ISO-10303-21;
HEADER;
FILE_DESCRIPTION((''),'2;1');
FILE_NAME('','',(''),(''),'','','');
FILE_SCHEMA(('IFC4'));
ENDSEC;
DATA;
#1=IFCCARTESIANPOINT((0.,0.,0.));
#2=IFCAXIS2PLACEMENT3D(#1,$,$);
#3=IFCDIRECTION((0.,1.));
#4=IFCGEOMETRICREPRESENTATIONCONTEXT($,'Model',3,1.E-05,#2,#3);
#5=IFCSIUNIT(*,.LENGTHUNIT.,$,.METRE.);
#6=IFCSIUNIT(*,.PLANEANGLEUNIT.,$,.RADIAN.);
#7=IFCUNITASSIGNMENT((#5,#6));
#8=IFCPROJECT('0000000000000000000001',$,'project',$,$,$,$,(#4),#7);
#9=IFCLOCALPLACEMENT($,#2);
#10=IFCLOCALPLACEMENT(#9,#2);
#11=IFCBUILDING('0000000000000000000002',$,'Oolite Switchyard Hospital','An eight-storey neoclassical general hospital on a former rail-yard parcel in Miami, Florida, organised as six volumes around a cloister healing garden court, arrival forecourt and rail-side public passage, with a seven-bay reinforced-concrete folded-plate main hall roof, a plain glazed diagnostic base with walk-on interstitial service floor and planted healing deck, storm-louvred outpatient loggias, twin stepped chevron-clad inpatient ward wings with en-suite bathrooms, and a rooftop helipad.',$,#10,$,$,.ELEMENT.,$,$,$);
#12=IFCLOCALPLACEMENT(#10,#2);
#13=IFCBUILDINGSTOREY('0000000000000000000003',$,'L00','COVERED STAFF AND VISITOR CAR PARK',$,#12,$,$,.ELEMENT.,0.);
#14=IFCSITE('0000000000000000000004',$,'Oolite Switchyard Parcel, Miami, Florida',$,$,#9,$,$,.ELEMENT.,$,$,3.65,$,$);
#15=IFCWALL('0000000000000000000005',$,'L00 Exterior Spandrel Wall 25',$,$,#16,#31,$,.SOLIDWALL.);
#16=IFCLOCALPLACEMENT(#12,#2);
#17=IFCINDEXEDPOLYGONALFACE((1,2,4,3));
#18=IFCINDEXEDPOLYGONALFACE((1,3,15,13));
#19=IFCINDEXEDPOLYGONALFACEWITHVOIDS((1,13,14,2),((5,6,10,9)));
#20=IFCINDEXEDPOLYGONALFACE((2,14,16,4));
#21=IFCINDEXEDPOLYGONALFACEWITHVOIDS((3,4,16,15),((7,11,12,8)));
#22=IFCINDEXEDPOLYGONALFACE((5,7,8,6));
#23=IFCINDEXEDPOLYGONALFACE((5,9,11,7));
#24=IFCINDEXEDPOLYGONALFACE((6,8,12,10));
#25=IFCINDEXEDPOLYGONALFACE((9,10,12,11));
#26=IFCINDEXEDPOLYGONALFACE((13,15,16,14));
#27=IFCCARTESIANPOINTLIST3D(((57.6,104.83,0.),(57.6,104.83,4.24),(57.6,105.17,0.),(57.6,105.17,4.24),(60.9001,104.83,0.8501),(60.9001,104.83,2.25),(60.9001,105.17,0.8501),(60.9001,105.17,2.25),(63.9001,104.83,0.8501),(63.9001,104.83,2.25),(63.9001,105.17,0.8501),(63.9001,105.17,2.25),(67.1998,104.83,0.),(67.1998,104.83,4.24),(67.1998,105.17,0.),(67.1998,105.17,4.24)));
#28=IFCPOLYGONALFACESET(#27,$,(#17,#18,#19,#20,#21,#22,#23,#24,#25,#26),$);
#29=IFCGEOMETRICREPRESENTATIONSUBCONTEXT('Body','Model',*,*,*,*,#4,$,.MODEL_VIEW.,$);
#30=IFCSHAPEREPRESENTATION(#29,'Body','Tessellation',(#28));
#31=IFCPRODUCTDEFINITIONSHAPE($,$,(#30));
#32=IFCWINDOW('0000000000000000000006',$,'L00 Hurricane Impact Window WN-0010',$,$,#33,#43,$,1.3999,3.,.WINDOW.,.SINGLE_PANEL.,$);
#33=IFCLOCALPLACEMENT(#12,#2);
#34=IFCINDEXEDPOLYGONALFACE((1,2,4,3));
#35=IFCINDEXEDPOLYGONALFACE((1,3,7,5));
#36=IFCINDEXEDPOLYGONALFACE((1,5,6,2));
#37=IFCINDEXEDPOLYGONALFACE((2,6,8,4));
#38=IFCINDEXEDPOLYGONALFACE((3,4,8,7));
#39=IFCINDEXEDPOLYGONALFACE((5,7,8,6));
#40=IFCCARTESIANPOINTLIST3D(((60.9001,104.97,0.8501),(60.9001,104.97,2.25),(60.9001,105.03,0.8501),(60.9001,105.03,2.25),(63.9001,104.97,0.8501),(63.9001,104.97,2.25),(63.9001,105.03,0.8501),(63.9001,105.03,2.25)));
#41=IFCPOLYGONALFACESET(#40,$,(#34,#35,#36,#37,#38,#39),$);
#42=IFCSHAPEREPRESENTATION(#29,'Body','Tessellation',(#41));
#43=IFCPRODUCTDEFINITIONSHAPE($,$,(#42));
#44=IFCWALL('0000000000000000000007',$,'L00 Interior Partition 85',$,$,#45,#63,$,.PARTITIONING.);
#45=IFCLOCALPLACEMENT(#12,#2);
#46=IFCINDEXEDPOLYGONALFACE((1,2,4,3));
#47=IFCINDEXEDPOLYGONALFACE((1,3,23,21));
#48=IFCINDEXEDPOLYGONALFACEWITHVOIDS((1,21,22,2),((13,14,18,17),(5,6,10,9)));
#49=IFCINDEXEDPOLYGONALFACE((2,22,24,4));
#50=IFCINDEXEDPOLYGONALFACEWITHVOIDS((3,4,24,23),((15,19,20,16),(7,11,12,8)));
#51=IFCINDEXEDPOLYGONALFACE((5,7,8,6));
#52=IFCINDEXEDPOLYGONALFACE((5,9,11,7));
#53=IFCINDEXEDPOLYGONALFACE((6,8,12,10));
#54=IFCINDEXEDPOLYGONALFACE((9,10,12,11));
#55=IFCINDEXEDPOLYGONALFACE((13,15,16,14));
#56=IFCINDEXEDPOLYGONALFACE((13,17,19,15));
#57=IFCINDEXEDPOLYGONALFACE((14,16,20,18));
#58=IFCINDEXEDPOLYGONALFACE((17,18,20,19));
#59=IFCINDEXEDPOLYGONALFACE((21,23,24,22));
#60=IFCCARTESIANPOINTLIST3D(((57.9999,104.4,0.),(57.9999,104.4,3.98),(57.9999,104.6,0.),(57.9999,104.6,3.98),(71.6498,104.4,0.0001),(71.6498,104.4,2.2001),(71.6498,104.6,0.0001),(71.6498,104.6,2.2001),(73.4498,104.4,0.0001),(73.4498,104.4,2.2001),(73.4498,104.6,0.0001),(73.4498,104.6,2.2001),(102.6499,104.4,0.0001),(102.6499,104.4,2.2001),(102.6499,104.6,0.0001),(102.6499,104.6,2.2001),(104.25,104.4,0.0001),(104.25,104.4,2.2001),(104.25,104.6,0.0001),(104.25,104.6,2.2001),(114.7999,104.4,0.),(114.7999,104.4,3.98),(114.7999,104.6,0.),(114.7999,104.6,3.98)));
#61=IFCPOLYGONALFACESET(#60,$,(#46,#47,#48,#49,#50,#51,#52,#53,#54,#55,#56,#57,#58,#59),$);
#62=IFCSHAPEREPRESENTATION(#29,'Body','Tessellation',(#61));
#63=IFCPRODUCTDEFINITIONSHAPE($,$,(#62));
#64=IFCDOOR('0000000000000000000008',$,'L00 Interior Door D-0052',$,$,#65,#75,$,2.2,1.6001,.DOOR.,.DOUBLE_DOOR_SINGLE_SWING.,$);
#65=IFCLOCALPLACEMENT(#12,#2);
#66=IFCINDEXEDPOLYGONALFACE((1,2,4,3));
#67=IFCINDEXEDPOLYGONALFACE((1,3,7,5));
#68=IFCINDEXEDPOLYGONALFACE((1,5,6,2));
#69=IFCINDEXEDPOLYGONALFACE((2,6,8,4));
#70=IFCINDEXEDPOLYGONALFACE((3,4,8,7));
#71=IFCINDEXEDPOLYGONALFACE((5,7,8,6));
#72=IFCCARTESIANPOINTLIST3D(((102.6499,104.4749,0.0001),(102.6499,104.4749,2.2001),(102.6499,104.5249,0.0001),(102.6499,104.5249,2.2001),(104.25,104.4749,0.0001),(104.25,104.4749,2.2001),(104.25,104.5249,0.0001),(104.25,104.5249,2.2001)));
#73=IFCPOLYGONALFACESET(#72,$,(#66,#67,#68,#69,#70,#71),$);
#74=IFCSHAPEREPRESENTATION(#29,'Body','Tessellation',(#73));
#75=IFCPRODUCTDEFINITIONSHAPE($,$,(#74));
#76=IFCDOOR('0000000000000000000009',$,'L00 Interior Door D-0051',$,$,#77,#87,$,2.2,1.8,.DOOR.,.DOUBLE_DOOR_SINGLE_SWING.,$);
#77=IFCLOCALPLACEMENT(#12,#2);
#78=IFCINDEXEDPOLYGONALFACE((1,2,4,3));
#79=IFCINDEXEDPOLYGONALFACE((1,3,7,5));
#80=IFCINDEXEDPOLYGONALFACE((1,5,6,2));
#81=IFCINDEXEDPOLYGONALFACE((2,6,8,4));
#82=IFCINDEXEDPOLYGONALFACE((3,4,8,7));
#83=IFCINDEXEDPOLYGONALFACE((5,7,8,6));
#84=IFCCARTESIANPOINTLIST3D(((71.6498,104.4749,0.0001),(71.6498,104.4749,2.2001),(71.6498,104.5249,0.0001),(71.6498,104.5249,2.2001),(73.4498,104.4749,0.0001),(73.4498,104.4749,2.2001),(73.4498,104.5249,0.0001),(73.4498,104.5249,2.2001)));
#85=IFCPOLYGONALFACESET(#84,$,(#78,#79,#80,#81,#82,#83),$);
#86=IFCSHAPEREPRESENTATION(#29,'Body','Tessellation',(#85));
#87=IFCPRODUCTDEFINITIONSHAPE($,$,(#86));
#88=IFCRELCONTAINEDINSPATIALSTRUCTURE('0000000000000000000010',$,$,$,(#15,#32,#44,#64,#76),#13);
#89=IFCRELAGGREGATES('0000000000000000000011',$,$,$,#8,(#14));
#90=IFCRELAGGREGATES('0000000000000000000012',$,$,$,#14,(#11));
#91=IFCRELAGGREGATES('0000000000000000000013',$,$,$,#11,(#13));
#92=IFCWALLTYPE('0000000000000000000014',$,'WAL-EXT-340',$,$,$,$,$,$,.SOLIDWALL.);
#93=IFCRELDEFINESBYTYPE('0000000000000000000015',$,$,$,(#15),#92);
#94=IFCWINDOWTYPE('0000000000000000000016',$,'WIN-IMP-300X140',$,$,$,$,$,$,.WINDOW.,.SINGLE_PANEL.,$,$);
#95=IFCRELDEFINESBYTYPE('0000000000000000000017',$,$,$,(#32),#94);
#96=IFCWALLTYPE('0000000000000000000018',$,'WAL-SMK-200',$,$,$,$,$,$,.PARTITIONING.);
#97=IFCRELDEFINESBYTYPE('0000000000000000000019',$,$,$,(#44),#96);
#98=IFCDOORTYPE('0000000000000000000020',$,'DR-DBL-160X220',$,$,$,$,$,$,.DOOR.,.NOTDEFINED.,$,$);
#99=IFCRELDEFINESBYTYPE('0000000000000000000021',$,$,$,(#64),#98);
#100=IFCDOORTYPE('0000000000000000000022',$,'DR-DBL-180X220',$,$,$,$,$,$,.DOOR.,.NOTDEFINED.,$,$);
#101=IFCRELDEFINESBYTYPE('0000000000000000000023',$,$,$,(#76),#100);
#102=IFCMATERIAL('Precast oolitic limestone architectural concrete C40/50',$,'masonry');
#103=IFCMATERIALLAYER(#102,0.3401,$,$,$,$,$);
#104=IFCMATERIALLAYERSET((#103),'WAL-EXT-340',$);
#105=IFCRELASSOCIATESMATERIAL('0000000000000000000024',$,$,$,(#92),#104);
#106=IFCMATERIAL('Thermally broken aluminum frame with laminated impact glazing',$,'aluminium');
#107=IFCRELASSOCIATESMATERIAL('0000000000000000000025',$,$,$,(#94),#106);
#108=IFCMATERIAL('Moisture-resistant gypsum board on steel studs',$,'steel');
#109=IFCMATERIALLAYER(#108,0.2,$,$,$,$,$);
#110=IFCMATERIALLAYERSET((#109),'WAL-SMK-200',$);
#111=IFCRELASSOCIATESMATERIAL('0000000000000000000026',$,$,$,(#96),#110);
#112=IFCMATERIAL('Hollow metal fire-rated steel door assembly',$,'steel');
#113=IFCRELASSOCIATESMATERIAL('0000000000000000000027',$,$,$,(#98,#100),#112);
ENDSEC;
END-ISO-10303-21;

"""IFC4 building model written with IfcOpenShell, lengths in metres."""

from ifc_helpers import new_model, si_unit, direction, frame, frame_2d, origin, place, context, subcontext, project, spatial, rectangle, extrude, material, layer, layer_set, type_object, element, fill, save


model = new_model("IFC4")

# Units and contexts
model_context = context("Model", 3, precision=1e-05, world=origin(), true_north=direction((0.0, 1.0)))
body_context = subcontext(model_context, "Body", "Model", "MODEL_VIEW")
ifc_project = project(units=[si_unit("LENGTHUNIT", "METRE"), si_unit("PLANEANGLEUNIT", "RADIAN")], contexts=[model_context])

# Site, building, storey
site_placement = place(None, origin())
site = spatial("IfcSite", under=ifc_project, at=site_placement, Name="Oolite Switchyard Parcel, Miami, Florida", CompositionType="ELEMENT", RefElevation=3.65)
building_placement = place(site_placement, origin())
building = spatial("IfcBuilding", under=site, at=building_placement, Name="Oolite Switchyard Hospital", Description="An eight-storey neoclassical general hospital on a former rail-yard parcel in Miami, Florida, organised as six volumes around a cloister healing garden court, arrival forecourt and rail-side public passage, with a seven-bay reinforced-concrete folded-plate main hall roof, a plain glazed diagnostic base with walk-on interstitial service floor and planted healing deck, storm-louvred outpatient loggias, twin stepped chevron-clad inpatient ward wings with en-suite bathrooms, and a rooftop helipad.", CompositionType="ELEMENT")
storey_placement = place(building_placement, origin())
storey = spatial("IfcBuildingStorey", under=building, at=storey_placement, Name="L00", Description="COVERED STAFF AND VISITOR CAR PARK", CompositionType="ELEMENT", Elevation=0.0)

# Shared definitions
ifc_material_1 = material(Name="Thermally broken aluminum frame with laminated impact glazing", Category="aluminium")

# Shared definitions
ifc_material_2 = material(Name="Precast oolitic limestone architectural concrete C40/50", Category="masonry")

# Wall, opening, window
ifc_layer_1 = layer(ifc_material_2, 0.3401)
ifc_layer_set_1 = layer_set([ifc_layer_1], Name="WAL-EXT-340")
wall_type_1 = type_object("IfcWallType", Name="WAL-EXT-340", PredefinedType="SOLIDWALL", material=ifc_layer_set_1)
wall_1_placement = place(storey_placement, frame((57.6001, 105.0, 0.0), z_axis=(0.0, 0.0, 1.0), x_axis=(1.0, 0.0, 0.0)))
wall_1 = element("IfcWall", 1, at=wall_1_placement, inside=storey, type_object=wall_type_1, Name="L00 Exterior Spandrel Wall 25", PredefinedType="SOLIDWALL", context=body_context, shape_type="SweptSolid", body=[
    extrude(rectangle(XDim=9.5999, YDim=0.3401, at=frame_2d((4.7998, 0.0))), origin(), (0.0, 0.0, 1.0), 4.24),
])
opening_1_placement = place(wall_1_placement, frame((3.3, 0.0, 0.8501)))
opening_1 = element("IfcOpeningElement", 2, at=opening_1_placement, cuts=wall_1, PredefinedType="OPENING", context=body_context, shape_type="SweptSolid", body=[
    extrude(rectangle(XDim=3.0, YDim=1.3999, at=frame_2d((1.5, 0.7))), frame((0.0, 0.1802, 0.0), z_axis=(0.0, -1.0, 0.0), x_axis=(1.0, 0.0, 0.0)), (0.0, 0.0, 1.0), 0.3601),
])
window_type = type_object("IfcWindowType", Name="WIN-IMP-300X140", PartitioningType="SINGLE_PANEL", PredefinedType="WINDOW", material=ifc_material_1)
window_placement = place(opening_1_placement, origin())
window = element("IfcWindow", 3, at=window_placement, inside=storey, type_object=window_type, Name="L00 Hurricane Impact Window WN-0010", OverallHeight=1.3999, OverallWidth=3.0, PartitioningType="SINGLE_PANEL", PredefinedType="WINDOW", context=body_context, shape_type="SweptSolid", body=[
    extrude(rectangle(XDim=3.0, YDim=1.3999, at=frame_2d((1.5, 0.7))), frame((0.0, 0.03, 0.0), z_axis=(0.0, -1.0, 0.0), x_axis=(1.0, 0.0, 0.0)), (0.0, 0.0, 1.0), 0.0601),
])
fill(opening_1, window)

# Wall, openings, doors
ifc_material_3 = material(Name="Moisture-resistant gypsum board on steel studs", Category="steel")
ifc_layer_2 = layer(ifc_material_3, 0.2)
ifc_layer_set_2 = layer_set([ifc_layer_2], Name="WAL-SMK-200")
wall_type_2 = type_object("IfcWallType", Name="WAL-SMK-200", PredefinedType="PARTITIONING", material=ifc_layer_set_2)
wall_2_placement = place(storey_placement, frame((58.0, 104.5, 0.0), z_axis=(0.0, 0.0, 1.0), x_axis=(1.0, 0.0, 0.0)))
wall_2 = element("IfcWall", 4, at=wall_2_placement, inside=storey, type_object=wall_type_2, Name="L00 Interior Partition 85", PredefinedType="PARTITIONING", context=body_context, shape_type="SweptSolid", body=[
    extrude(rectangle(XDim=56.8, YDim=0.2, at=frame_2d((28.3999, 0.0))), origin(), (0.0, 0.0, 1.0), 3.98),
])
opening_2_placement = place(wall_2_placement, frame((13.6499, 0.0, 0.0)))
opening_2 = element("IfcOpeningElement", 5, at=opening_2_placement, cuts=wall_2, PredefinedType="OPENING", context=body_context, shape_type="SweptSolid", body=[
    extrude(rectangle(XDim=1.8, YDim=2.2, at=frame_2d((0.8999, 1.1001))), frame((0.0, 0.1099, 0.0), z_axis=(0.0, -1.0, 0.0), x_axis=(1.0, 0.0, 0.0)), (0.0, 0.0, 1.0), 0.22),
])
opening_3_placement = place(wall_2_placement, frame((44.6499, 0.0, 0.0)))
opening_3 = element("IfcOpeningElement", 6, at=opening_3_placement, cuts=wall_2, PredefinedType="OPENING", context=body_context, shape_type="SweptSolid", body=[
    extrude(rectangle(XDim=1.6001, YDim=2.2, at=frame_2d((0.8, 1.1001))), frame((0.0, 0.1099, 0.0), z_axis=(0.0, -1.0, 0.0), x_axis=(1.0, 0.0, 0.0)), (0.0, 0.0, 1.0), 0.22),
])
ifc_material_4 = material(Name="Hollow metal fire-rated steel door assembly", Category="steel")
door_type_1 = type_object("IfcDoorType", Name="DR-DBL-160X220", OperationType="NOTDEFINED", PredefinedType="DOOR", material=ifc_material_4)
door_1_placement = place(opening_3_placement, origin())
door_1 = element("IfcDoor", 7, at=door_1_placement, inside=storey, type_object=door_type_1, Name="L00 Interior Door D-0052", OperationType="DOUBLE_DOOR_SINGLE_SWING", OverallHeight=2.2, OverallWidth=1.6001, PredefinedType="DOOR", context=body_context, shape_type="SweptSolid", body=[
    extrude(rectangle(XDim=1.6001, YDim=2.2, at=frame_2d((0.8, 1.1001))), frame((0.0, 0.0249, 0.0), z_axis=(0.0, -1.0, 0.0), x_axis=(1.0, 0.0, 0.0)), (0.0, 0.0, 1.0), 0.05),
])
fill(opening_3, door_1)
door_type_2 = type_object("IfcDoorType", Name="DR-DBL-180X220", OperationType="NOTDEFINED", PredefinedType="DOOR", material=ifc_material_4)
door_2_placement = place(opening_2_placement, origin())
door_2 = element("IfcDoor", 8, at=door_2_placement, inside=storey, type_object=door_type_2, Name="L00 Interior Door D-0051", OperationType="DOUBLE_DOOR_SINGLE_SWING", OverallHeight=2.2, OverallWidth=1.8, PredefinedType="DOOR", context=body_context, shape_type="SweptSolid", body=[
    extrude(rectangle(XDim=1.8, YDim=2.2, at=frame_2d((0.8999, 1.1001))), frame((0.0, 0.0249, 0.0), z_axis=(0.0, -1.0, 0.0), x_axis=(1.0, 0.0, 0.0)), (0.0, 0.0, 1.0), 0.05),
])
fill(opening_2, door_2)

save(model, "model.ifc")
